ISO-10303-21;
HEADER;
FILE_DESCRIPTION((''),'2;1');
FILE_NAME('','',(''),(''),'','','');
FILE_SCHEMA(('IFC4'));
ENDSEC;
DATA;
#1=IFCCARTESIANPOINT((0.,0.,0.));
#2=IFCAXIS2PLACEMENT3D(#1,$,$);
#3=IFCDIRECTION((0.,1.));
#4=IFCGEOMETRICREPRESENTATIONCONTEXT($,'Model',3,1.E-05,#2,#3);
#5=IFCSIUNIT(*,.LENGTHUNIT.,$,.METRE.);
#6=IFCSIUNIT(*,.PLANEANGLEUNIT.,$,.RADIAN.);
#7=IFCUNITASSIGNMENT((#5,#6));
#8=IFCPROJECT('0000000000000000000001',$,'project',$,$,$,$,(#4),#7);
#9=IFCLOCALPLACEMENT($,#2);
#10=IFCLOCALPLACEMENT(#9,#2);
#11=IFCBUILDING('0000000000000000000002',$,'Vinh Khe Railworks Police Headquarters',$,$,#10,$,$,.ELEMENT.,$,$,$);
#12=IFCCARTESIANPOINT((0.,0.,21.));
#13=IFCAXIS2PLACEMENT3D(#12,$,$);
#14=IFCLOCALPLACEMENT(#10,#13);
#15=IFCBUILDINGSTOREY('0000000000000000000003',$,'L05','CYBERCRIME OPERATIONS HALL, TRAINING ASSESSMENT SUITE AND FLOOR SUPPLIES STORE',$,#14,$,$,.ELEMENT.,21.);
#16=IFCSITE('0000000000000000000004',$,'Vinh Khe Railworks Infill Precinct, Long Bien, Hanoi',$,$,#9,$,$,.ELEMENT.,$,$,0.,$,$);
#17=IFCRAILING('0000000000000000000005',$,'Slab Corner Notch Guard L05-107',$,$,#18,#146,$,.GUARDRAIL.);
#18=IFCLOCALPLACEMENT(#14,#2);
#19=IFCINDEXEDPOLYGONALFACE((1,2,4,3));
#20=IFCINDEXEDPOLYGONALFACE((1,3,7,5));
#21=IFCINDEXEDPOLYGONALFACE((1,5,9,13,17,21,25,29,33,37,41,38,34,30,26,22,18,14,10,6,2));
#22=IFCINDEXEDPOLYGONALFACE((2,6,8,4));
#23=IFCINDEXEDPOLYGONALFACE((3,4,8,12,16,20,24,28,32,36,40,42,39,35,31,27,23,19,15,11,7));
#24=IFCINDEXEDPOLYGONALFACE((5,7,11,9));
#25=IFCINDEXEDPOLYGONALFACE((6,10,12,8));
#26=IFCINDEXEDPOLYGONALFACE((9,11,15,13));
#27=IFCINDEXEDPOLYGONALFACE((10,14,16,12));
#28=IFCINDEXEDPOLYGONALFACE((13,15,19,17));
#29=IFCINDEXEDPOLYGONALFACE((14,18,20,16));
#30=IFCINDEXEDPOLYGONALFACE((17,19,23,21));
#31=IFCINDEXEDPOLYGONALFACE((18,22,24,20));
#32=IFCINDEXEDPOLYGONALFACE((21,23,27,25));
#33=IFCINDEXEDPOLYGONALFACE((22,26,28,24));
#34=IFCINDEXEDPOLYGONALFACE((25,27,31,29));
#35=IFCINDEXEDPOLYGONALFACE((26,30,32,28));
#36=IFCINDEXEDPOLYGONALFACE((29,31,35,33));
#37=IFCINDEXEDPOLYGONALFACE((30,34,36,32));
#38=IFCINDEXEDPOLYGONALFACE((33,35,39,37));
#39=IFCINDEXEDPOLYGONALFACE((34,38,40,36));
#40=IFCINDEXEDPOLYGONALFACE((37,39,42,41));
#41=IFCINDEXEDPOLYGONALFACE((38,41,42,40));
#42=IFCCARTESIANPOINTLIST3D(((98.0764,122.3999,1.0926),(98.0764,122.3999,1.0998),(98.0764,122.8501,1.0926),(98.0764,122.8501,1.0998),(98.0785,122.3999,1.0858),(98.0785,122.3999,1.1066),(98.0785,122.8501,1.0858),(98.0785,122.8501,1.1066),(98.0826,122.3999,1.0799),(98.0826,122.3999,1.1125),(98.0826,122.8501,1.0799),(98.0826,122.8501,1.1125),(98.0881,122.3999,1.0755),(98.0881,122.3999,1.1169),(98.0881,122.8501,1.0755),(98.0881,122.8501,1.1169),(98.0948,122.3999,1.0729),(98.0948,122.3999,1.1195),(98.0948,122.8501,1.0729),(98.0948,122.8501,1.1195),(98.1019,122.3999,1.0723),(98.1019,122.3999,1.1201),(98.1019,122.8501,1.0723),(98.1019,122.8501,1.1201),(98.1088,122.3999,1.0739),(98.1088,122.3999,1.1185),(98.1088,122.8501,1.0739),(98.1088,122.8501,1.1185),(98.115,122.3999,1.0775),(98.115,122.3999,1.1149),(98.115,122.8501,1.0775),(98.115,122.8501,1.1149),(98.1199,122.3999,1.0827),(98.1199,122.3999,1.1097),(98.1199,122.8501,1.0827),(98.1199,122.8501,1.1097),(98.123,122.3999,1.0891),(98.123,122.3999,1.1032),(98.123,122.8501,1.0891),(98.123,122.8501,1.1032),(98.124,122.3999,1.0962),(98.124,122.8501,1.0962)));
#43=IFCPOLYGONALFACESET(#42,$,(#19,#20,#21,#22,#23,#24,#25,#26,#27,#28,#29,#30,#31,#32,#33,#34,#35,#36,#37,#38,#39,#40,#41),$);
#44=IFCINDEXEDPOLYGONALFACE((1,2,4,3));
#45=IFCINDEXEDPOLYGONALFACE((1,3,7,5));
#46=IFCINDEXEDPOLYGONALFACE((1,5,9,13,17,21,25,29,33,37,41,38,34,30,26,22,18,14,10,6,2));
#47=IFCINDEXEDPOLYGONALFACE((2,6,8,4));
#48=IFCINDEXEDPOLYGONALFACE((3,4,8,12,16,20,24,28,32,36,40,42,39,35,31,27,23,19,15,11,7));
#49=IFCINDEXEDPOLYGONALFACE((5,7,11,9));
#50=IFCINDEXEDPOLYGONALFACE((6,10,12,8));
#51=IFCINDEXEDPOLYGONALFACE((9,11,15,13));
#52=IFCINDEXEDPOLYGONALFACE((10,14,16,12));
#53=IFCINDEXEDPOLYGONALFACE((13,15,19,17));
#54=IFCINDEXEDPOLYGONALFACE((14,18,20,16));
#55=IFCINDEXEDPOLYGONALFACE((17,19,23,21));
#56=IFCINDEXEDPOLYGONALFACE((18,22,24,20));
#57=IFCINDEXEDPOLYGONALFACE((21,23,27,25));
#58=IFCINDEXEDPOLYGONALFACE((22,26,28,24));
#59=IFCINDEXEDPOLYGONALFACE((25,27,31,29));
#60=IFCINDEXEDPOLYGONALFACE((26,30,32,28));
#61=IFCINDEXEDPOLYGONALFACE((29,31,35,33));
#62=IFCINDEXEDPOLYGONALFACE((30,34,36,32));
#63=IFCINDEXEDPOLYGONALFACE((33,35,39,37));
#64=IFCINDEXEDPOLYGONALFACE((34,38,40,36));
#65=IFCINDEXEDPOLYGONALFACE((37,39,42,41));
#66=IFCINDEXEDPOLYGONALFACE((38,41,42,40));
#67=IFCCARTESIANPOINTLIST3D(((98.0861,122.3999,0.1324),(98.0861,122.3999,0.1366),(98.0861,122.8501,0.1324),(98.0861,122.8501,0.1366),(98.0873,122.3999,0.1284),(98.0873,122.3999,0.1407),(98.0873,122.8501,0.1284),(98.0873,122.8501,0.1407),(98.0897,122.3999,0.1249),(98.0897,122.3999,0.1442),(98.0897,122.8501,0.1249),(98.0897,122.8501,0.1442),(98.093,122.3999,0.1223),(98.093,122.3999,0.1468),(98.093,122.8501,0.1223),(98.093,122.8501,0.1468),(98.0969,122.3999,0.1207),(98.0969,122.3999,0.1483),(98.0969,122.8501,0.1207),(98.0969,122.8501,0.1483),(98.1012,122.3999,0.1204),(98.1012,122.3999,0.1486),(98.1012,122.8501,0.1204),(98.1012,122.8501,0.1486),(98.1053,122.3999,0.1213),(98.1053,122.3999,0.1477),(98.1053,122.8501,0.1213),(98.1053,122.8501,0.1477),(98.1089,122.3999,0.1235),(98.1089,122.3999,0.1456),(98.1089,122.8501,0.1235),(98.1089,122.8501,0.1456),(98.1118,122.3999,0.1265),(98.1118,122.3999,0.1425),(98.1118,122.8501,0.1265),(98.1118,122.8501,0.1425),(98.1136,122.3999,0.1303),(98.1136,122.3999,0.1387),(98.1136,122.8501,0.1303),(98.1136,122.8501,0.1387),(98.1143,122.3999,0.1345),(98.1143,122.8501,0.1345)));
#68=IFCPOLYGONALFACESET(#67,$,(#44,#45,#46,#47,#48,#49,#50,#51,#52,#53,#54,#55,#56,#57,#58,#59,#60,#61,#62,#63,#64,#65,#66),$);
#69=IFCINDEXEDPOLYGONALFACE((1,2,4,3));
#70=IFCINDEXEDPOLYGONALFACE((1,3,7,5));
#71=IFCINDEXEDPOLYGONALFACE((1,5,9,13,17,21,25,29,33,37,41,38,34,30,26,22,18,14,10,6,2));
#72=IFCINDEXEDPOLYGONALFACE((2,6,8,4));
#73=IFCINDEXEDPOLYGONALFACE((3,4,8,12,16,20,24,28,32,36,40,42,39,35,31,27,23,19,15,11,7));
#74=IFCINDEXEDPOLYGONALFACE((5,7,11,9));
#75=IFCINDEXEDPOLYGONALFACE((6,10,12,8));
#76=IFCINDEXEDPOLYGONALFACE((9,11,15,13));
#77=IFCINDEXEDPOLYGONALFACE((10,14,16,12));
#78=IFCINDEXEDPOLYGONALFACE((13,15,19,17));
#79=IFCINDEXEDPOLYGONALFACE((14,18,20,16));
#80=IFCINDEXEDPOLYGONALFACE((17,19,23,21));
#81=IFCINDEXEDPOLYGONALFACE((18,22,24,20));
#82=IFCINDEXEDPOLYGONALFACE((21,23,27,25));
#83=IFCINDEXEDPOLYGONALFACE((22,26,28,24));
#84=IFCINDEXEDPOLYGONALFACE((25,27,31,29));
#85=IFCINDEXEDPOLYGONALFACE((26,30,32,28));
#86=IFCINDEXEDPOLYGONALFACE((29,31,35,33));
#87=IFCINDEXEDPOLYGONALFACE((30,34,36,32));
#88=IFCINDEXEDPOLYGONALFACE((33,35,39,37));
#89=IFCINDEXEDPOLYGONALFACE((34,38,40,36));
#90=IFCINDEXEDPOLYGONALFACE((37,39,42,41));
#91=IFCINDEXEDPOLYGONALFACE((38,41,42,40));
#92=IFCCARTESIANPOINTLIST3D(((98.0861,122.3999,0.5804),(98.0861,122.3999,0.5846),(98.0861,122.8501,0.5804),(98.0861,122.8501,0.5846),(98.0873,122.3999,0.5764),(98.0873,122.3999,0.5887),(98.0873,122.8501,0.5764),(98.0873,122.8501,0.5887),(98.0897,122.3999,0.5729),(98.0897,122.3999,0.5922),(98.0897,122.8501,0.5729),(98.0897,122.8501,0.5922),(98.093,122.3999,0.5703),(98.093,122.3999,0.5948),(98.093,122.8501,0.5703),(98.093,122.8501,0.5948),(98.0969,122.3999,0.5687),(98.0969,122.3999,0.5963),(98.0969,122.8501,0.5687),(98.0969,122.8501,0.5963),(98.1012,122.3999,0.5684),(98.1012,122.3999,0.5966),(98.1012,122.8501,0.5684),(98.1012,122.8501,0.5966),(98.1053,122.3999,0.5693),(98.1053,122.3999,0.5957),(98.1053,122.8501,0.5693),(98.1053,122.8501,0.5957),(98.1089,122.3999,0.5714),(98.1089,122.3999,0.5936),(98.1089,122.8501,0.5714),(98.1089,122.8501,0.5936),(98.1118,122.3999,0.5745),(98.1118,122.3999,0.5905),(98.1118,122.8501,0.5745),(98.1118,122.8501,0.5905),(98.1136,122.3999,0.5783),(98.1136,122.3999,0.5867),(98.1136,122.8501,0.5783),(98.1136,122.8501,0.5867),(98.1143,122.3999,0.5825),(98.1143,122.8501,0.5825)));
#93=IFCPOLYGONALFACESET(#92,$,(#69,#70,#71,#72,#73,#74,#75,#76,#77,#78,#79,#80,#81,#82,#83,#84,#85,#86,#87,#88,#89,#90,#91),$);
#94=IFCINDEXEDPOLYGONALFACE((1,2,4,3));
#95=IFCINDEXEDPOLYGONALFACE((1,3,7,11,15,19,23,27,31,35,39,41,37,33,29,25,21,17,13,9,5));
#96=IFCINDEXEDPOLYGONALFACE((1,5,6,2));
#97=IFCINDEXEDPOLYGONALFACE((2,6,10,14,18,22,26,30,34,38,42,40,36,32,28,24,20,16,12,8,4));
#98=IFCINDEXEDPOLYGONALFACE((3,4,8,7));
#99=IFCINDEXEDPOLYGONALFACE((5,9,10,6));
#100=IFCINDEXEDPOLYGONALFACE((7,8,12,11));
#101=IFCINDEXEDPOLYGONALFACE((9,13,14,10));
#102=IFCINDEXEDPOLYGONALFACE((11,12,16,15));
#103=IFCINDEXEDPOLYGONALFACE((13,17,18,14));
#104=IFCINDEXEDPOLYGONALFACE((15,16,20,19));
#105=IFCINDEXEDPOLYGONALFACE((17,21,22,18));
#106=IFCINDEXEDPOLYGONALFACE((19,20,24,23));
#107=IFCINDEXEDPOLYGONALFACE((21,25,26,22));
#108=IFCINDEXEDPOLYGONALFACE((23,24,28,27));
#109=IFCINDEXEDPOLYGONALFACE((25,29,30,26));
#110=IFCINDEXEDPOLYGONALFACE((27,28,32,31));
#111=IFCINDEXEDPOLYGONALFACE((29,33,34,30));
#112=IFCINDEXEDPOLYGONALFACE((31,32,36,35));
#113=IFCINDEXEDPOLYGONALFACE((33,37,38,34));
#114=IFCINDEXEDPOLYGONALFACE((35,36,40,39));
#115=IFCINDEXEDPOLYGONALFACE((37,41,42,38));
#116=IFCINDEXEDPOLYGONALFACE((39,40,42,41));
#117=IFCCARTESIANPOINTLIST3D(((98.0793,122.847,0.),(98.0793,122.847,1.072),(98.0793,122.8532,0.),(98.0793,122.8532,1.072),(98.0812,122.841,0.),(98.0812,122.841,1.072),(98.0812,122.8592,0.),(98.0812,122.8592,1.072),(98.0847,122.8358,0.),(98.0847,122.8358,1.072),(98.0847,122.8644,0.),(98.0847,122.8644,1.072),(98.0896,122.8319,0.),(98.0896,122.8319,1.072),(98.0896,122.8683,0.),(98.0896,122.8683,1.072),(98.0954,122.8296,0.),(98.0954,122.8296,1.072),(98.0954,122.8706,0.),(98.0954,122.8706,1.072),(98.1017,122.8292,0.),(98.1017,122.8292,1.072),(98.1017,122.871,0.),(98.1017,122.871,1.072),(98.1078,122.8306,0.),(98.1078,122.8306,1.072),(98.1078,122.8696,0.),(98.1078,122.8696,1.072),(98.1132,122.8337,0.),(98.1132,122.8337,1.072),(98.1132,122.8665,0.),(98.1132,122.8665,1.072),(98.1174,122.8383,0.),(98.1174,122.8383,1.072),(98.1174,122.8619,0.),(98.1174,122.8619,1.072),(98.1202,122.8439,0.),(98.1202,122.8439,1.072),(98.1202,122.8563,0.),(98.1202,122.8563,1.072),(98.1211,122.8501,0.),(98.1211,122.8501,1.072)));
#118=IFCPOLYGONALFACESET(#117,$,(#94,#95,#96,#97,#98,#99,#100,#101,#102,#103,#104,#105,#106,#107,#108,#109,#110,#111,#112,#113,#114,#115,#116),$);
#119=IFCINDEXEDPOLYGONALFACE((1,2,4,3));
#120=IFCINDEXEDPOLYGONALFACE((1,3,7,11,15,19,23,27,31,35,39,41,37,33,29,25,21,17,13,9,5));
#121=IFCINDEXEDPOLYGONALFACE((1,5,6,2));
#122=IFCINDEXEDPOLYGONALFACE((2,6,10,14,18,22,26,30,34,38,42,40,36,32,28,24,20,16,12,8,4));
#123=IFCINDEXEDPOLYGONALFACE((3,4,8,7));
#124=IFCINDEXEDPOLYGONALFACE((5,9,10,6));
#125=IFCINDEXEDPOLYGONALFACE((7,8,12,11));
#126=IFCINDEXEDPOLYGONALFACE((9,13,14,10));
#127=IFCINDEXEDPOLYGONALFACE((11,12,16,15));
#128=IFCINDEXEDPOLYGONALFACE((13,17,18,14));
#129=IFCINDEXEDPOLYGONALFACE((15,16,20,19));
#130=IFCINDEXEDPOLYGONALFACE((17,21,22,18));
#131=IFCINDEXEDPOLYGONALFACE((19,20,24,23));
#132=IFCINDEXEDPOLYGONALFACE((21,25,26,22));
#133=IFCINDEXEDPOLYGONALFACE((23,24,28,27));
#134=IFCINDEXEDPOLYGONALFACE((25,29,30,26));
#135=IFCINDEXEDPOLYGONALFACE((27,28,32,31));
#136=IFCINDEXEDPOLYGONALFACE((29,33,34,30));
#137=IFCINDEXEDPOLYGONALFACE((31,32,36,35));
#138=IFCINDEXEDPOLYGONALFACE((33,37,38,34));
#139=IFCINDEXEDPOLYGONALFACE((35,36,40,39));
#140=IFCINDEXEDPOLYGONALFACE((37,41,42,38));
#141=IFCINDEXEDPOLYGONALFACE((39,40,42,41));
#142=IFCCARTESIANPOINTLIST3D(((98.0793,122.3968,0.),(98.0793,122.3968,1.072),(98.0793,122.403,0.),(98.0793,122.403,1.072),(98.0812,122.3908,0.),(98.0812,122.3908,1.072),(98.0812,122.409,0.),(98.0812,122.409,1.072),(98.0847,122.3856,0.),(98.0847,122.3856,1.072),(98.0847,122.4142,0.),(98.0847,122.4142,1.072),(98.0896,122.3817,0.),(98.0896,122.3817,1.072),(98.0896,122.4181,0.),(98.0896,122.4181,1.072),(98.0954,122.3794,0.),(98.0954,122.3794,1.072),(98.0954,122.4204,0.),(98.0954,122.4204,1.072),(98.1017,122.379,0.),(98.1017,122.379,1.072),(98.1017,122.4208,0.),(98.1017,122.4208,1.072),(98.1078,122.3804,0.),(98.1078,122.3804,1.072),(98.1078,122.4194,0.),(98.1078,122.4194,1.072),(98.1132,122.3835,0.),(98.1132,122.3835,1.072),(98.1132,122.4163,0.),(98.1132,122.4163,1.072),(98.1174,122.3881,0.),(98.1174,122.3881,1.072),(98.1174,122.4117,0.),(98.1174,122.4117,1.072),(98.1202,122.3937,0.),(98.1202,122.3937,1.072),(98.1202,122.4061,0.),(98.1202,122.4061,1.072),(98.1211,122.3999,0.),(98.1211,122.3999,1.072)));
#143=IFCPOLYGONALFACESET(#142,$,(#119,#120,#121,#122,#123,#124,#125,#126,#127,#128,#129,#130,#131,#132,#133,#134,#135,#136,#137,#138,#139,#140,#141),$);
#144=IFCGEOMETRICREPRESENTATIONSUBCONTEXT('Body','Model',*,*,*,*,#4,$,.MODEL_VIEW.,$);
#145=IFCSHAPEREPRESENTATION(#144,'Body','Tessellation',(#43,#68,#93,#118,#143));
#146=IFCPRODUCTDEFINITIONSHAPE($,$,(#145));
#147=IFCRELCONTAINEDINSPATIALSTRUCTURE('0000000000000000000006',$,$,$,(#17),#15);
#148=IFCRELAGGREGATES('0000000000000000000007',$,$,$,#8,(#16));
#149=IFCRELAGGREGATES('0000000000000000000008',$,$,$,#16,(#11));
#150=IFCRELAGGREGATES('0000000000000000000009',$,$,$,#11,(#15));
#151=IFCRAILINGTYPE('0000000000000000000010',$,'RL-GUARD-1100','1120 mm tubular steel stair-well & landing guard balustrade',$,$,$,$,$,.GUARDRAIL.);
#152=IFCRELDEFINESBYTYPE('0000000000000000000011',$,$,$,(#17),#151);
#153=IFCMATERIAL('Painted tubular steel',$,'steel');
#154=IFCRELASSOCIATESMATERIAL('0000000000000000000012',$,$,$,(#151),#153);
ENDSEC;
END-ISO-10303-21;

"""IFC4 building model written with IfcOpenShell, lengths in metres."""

from ifc_helpers import new_model, si_unit, direction, frame, origin, origin_2d, place, context, subcontext, project, spatial, circle, extrude, material, type_object, element, save


model = new_model("IFC4")

# Units and contexts
model_context = context("Model", 3, precision=1e-05, world=origin(), true_north=direction((0.0, 1.0)))
body_context = subcontext(model_context, "Body", "Model", "MODEL_VIEW")
ifc_project = project(units=[si_unit("LENGTHUNIT", "METRE"), si_unit("PLANEANGLEUNIT", "RADIAN")], contexts=[model_context])

# Site, building, storey
site_placement = place(None, origin())
site = spatial("IfcSite", under=ifc_project, at=site_placement, Name="Vinh Khe Railworks Infill Precinct, Long Bien, Hanoi", CompositionType="ELEMENT", RefElevation=0.0)
building_placement = place(site_placement, origin())
building = spatial("IfcBuilding", under=site, at=building_placement, Name="Vinh Khe Railworks Police Headquarters", CompositionType="ELEMENT")
storey_placement = place(building_placement, frame((0.0, 0.0, 21.0)))
storey = spatial("IfcBuildingStorey", under=building, at=storey_placement, Name="L05", Description="CYBERCRIME OPERATIONS HALL, TRAINING ASSESSMENT SUITE AND FLOOR SUPPLIES STORE", CompositionType="ELEMENT", Elevation=21.0)

# Railing
ifc_material_1 = material(Name="Painted tubular steel", Category="steel")
railing_type = type_object("IfcRailingType", Name="RL-GUARD-1100", Description="1120 mm tubular steel stair-well & landing guard balustrade", PredefinedType="GUARDRAIL", material=ifc_material_1)
railing_1_placement = place(storey_placement, frame((98.1001, 122.8501, 0.0)))
element("IfcRailing", 1, at=railing_1_placement, inside=storey, type_object=railing_type, Name="Slab Corner Notch Guard L05-107", PredefinedType="GUARDRAIL", context=body_context, shape_type="SweptSolid", body=[
    extrude(circle(Radius=0.0239, at=origin_2d()), frame((0.0, 0.0, 1.0962), z_axis=(0.0, -1.0, 0.0), x_axis=(1.0, 0.0, 0.0)), (0.0, 0.0, 1.0), 0.4502),
    extrude(circle(Radius=0.0142, at=origin_2d()), frame((0.0, 0.0, 0.1345), z_axis=(0.0, -1.0, 0.0), x_axis=(1.0, 0.0, 0.0)), (0.0, 0.0, 1.0), 0.4502),
    extrude(circle(Radius=0.0142, at=origin_2d()), frame((0.0, 0.0, 0.5825), z_axis=(0.0, -1.0, 0.0), x_axis=(1.0, 0.0, 0.0)), (0.0, 0.0, 1.0), 0.4502),
    extrude(circle(Radius=0.021, at=origin_2d()), origin(), (0.0, 0.0, 1.0), 1.072),
    extrude(circle(Radius=0.021, at=origin_2d()), frame((0.0, -0.4502, 0.0)), (0.0, 0.0, 1.0), 1.072),
])

save(model, "model.ifc")
